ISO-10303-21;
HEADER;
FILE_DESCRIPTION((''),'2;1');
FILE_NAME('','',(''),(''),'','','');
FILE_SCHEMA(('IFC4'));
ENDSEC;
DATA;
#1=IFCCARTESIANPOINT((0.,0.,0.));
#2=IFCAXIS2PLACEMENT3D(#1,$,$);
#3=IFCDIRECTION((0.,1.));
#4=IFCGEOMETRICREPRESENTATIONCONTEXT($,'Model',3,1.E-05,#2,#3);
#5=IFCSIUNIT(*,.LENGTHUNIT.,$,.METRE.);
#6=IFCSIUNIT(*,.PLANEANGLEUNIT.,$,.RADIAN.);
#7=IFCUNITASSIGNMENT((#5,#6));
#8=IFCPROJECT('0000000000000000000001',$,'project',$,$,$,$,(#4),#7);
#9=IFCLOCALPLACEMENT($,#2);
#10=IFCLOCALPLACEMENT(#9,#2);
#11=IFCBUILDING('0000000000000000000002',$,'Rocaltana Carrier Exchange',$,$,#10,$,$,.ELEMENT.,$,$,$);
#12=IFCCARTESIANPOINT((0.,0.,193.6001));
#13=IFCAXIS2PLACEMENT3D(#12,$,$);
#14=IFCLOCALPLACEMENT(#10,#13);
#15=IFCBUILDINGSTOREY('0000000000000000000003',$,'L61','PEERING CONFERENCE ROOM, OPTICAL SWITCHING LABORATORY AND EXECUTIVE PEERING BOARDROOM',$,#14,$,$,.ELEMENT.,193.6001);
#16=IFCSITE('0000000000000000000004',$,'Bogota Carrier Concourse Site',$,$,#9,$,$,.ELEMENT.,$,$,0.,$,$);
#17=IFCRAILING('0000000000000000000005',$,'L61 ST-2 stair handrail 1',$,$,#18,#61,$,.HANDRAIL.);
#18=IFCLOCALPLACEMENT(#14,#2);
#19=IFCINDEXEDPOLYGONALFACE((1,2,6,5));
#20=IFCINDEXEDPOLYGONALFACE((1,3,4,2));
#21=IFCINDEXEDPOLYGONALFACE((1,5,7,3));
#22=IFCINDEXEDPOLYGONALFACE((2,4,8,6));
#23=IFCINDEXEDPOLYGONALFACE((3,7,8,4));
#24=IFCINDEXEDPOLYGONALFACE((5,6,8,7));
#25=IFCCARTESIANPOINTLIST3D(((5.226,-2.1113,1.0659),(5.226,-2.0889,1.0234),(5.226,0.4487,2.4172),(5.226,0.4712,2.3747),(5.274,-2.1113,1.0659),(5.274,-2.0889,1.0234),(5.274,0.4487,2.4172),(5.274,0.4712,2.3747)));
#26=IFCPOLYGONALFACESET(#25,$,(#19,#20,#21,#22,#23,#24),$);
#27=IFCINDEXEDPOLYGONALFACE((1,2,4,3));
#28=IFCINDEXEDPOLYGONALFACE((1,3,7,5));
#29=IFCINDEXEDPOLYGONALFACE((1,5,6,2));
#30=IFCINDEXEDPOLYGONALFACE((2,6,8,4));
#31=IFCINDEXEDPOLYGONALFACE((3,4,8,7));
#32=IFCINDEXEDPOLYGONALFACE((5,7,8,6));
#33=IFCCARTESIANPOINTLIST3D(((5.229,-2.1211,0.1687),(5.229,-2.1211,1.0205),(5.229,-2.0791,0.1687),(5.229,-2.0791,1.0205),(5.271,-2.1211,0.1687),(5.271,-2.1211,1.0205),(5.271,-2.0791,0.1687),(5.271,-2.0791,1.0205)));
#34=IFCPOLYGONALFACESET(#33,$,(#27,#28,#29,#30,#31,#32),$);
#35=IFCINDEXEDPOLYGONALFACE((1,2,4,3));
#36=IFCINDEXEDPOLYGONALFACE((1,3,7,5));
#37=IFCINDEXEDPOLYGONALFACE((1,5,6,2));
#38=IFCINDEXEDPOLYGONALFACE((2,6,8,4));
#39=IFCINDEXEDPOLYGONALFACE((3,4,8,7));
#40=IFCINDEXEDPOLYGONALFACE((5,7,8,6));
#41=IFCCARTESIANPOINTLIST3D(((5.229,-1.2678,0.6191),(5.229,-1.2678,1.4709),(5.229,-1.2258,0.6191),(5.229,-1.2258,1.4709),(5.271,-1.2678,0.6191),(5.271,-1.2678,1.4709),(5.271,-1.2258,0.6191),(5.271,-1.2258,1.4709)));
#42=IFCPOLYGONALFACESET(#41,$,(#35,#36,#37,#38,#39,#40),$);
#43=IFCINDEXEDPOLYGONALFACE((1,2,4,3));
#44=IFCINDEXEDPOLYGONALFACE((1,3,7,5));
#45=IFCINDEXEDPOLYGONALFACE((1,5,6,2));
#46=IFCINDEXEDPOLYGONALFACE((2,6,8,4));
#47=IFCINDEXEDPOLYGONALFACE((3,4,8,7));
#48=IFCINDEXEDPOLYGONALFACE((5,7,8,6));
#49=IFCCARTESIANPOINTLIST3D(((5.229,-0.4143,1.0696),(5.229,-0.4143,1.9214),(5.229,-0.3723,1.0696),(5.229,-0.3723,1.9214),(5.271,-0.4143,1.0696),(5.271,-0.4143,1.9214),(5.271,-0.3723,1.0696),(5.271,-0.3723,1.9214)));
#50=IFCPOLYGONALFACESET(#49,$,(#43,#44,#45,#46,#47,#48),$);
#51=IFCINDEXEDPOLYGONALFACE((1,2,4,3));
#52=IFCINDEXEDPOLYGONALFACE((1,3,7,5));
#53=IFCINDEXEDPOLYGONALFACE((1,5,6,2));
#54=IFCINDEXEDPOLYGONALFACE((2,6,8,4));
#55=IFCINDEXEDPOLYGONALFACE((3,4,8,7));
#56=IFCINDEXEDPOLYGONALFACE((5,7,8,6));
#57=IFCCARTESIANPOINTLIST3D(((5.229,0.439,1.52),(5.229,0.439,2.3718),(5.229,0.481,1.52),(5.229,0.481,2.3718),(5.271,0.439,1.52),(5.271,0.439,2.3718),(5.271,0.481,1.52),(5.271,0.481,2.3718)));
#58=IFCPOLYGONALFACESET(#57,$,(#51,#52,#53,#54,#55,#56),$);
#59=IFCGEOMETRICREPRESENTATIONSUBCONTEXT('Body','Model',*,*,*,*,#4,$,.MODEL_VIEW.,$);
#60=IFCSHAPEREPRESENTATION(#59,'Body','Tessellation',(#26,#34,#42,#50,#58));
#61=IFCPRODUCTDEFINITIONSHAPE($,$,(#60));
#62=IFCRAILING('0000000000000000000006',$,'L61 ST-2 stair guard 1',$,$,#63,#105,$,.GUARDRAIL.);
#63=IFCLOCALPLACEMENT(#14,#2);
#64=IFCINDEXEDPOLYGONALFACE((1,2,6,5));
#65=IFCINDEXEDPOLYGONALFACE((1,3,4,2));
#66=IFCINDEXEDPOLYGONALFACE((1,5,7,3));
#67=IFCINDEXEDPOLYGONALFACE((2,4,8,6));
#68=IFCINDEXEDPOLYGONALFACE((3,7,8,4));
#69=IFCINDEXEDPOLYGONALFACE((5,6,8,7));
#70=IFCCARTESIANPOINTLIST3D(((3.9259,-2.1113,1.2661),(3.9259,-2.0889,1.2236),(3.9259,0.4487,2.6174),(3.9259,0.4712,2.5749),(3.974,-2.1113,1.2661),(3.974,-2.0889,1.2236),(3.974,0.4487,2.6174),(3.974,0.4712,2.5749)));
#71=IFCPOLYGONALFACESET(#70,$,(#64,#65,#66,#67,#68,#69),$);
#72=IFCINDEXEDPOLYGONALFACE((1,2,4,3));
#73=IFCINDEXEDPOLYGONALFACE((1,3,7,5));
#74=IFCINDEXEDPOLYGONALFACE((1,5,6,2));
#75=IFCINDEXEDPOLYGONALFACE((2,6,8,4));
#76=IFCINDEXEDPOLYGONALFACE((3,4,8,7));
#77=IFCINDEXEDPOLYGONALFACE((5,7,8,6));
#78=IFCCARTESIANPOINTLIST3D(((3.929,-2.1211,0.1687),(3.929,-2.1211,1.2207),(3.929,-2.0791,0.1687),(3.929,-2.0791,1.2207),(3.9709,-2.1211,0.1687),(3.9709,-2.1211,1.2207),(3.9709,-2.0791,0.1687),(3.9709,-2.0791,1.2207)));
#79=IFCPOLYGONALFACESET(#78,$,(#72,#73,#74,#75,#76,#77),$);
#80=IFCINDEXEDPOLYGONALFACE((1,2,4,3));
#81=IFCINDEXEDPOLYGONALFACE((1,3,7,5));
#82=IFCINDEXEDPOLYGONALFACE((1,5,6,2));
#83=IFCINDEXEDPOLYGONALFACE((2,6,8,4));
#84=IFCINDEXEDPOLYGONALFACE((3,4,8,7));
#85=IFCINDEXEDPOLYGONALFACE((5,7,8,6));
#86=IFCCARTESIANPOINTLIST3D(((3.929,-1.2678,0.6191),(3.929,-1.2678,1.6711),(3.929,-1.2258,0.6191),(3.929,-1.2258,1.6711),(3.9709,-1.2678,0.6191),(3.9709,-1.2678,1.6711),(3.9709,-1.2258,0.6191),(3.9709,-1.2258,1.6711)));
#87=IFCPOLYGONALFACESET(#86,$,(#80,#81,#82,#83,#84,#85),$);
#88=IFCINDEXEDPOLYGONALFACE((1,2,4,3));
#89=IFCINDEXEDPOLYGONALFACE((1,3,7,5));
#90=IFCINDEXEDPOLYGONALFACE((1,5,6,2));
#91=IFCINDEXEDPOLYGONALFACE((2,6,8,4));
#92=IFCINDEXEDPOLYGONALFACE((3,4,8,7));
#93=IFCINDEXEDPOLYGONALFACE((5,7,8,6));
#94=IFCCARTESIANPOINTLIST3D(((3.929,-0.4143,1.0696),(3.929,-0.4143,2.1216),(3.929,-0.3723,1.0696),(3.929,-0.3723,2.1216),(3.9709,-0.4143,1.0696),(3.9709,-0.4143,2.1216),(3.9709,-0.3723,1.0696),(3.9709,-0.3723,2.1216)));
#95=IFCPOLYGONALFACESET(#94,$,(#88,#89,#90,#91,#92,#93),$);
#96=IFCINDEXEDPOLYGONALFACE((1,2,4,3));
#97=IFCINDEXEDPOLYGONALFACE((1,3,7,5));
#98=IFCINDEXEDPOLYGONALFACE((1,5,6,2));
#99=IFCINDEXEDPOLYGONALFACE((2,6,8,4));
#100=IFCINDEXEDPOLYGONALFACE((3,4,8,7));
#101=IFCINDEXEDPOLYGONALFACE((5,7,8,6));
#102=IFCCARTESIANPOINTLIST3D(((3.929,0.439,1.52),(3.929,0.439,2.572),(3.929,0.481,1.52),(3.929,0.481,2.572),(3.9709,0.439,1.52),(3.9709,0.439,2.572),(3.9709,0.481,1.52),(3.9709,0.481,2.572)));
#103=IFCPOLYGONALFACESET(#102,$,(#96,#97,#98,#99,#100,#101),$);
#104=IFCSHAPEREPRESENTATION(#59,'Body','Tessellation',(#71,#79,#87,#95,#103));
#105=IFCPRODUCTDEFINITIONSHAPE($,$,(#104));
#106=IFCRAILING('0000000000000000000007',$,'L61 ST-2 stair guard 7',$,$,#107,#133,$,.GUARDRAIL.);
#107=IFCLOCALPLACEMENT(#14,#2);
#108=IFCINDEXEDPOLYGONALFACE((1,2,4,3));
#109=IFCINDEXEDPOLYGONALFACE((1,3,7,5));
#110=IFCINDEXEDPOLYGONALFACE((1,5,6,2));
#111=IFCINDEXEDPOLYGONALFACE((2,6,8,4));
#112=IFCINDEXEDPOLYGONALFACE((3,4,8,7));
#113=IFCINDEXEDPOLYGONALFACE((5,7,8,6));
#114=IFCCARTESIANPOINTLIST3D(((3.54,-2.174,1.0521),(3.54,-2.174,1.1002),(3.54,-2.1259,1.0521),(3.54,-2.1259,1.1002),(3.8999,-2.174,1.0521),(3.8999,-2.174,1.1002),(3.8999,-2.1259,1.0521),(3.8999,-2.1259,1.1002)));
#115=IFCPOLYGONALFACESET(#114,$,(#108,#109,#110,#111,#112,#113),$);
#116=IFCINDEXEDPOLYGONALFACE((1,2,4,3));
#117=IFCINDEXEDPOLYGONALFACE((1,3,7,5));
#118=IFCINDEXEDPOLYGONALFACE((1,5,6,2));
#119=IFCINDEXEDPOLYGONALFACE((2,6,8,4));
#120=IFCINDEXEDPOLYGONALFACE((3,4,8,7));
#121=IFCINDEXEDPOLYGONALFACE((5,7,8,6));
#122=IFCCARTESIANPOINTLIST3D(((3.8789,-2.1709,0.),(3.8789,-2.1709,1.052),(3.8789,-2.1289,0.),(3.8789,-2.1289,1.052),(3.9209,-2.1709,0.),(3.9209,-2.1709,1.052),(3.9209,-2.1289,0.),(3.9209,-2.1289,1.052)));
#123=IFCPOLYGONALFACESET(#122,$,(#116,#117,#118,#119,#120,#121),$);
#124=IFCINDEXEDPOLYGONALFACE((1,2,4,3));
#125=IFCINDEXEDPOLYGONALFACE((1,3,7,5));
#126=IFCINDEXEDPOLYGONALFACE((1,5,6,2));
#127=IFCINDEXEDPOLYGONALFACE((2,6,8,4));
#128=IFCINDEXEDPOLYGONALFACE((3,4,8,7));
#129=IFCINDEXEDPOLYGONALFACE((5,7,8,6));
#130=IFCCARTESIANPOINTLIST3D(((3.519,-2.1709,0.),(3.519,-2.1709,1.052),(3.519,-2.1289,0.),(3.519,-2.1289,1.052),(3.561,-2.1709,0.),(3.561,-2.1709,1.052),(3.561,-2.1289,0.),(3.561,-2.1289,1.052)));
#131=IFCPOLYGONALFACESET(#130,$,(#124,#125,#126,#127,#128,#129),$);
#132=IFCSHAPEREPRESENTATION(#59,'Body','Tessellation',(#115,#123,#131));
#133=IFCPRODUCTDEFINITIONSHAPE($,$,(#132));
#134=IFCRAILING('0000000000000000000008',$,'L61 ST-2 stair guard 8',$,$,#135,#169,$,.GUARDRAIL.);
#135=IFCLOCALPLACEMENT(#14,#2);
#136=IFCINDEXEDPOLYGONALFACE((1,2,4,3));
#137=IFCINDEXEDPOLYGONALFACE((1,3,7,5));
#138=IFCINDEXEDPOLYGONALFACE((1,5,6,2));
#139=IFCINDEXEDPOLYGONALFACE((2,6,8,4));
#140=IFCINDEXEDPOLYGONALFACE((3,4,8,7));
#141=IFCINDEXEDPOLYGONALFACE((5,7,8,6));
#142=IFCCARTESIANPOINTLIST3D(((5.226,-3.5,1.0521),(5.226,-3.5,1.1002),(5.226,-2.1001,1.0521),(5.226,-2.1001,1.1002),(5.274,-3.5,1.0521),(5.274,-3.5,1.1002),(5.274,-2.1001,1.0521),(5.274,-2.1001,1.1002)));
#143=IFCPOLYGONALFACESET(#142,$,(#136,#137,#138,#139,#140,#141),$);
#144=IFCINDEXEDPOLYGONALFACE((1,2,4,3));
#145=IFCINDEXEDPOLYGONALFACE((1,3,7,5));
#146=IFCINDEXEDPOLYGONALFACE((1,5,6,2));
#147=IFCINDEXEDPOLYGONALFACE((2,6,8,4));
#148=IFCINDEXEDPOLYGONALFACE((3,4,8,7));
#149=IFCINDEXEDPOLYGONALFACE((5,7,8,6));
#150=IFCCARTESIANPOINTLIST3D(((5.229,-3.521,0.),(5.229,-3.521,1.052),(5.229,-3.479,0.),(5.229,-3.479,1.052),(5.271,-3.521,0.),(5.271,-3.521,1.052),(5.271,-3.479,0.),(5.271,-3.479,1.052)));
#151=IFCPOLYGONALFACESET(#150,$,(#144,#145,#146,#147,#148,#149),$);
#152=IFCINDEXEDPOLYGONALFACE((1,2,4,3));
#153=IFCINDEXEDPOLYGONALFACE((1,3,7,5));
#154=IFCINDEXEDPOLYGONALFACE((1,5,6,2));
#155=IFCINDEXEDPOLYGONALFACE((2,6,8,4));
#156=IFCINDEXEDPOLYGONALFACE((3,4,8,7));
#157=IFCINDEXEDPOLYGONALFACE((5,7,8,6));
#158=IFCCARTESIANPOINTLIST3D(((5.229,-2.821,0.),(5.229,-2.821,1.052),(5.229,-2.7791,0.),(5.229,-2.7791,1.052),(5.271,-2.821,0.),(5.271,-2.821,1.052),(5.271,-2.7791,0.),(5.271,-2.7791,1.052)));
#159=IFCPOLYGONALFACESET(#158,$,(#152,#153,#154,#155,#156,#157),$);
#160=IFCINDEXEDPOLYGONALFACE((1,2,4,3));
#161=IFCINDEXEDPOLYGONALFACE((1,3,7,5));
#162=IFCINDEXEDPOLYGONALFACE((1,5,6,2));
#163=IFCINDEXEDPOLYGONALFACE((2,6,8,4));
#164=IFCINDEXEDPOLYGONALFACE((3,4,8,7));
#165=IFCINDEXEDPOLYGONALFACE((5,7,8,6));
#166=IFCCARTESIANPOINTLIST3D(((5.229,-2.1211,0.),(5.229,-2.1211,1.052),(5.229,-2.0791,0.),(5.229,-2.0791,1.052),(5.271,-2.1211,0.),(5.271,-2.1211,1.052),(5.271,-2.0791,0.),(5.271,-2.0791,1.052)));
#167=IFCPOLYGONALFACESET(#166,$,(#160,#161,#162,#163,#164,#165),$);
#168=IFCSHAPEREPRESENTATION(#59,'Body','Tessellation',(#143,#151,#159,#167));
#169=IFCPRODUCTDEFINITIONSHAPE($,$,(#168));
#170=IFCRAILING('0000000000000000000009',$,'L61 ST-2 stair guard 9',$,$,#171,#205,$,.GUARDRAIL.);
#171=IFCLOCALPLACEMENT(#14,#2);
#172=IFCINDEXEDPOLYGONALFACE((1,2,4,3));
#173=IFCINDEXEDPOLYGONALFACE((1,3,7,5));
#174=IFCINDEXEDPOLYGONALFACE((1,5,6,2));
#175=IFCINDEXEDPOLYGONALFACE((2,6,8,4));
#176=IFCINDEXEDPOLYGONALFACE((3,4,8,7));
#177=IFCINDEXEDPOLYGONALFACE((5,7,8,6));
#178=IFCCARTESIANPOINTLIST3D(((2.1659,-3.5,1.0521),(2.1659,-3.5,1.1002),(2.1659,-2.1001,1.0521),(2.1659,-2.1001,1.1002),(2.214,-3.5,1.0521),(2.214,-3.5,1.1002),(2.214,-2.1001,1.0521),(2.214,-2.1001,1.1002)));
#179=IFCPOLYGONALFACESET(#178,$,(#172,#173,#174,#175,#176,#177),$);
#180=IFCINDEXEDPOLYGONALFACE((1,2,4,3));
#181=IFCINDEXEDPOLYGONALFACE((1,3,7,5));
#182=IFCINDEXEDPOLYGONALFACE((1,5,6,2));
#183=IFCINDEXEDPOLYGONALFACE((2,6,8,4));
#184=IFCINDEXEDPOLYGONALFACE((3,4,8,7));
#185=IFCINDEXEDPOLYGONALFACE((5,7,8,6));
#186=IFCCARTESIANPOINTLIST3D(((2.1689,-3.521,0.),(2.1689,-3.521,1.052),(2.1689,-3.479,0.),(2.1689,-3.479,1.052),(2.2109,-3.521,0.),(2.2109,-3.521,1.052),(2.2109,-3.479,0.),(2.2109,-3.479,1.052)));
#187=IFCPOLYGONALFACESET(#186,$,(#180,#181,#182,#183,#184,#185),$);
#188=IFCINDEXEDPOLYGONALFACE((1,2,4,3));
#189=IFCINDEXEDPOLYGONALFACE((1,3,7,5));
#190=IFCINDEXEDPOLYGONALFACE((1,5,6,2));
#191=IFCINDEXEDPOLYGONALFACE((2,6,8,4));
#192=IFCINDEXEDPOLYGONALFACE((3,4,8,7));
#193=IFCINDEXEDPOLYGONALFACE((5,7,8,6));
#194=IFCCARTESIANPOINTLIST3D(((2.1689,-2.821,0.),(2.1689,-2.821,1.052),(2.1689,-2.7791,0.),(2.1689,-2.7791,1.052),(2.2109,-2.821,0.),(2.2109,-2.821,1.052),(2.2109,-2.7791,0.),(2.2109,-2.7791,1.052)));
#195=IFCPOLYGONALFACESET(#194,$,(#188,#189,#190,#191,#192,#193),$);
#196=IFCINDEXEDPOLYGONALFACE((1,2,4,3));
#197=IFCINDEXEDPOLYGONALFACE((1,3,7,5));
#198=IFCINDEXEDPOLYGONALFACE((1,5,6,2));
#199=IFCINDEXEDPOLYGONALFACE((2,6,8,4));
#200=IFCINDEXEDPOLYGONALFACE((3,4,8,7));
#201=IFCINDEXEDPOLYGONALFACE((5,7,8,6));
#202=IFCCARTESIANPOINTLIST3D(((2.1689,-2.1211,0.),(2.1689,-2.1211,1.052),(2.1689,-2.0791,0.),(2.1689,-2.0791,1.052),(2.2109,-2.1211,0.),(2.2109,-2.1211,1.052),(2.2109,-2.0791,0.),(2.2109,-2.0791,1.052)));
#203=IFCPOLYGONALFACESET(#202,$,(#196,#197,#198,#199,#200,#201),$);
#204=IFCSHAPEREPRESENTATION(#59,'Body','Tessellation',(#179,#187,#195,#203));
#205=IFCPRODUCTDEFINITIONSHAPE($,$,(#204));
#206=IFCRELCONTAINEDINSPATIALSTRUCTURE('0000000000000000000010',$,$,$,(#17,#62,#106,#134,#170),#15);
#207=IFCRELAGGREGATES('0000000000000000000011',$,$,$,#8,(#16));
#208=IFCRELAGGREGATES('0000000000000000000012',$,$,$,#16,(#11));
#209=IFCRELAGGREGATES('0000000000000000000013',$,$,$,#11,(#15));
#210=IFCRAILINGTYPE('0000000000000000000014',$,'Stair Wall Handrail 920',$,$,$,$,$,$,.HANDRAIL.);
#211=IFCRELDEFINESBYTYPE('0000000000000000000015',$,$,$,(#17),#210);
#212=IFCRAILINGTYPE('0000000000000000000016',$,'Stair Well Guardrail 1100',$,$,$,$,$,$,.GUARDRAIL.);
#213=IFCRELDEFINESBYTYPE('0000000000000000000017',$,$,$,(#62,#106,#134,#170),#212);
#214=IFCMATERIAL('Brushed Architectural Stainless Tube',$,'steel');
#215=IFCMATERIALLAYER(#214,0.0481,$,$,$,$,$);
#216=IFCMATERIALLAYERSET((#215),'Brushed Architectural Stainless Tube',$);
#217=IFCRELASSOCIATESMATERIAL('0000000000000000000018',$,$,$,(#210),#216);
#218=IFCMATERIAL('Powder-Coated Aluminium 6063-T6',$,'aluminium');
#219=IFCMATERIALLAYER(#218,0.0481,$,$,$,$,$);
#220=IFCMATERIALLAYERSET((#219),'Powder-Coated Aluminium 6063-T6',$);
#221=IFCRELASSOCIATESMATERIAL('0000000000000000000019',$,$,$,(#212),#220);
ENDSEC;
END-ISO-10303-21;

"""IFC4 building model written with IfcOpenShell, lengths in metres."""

from ifc_helpers import new_model, si_unit, direction, frame, origin, origin_2d, place, context, subcontext, project, spatial, rectangle, extrude, material, layer, layer_set, type_object, element, save


model = new_model("IFC4")

# Units and contexts
model_context = context("Model", 3, precision=1e-05, world=origin(), true_north=direction((0.0, 1.0)))
body_context = subcontext(model_context, "Body", "Model", "MODEL_VIEW")
ifc_project = project(units=[si_unit("LENGTHUNIT", "METRE"), si_unit("PLANEANGLEUNIT", "RADIAN")], contexts=[model_context])

# Site, building, storey
site_placement = place(None, origin())
site = spatial("IfcSite", under=ifc_project, at=site_placement, Name="Bogota Carrier Concourse Site", CompositionType="ELEMENT", RefElevation=0.0)
building_placement = place(site_placement, origin())
building = spatial("IfcBuilding", under=site, at=building_placement, Name="Rocaltana Carrier Exchange", CompositionType="ELEMENT")
storey_placement = place(building_placement, frame((0.0, 0.0, 193.6001)))
storey = spatial("IfcBuildingStorey", under=building, at=storey_placement, Name="L61", Description="PEERING CONFERENCE ROOM, OPTICAL SWITCHING LABORATORY AND EXECUTIVE PEERING BOARDROOM", CompositionType="ELEMENT", Elevation=193.6001)

# Railings
ifc_material_1 = material(Name="Brushed Architectural Stainless Tube", Category="steel")
ifc_layer_1 = layer(ifc_material_1, 0.0481)
ifc_layer_set_1 = layer_set([ifc_layer_1], Name="Brushed Architectural Stainless Tube")
railing_type_1 = type_object("IfcRailingType", Name="Stair Wall Handrail 920", PredefinedType="HANDRAIL", material=ifc_layer_set_1)
railing_1_placement = place(storey_placement, frame((5.25, -2.1001, 0.1687)))
element("IfcRailing", 1, at=railing_1_placement, inside=storey, type_object=railing_type_1, Name="L61 ST-2 stair handrail 1", PredefinedType="HANDRAIL", context=body_context, shape_type="SweptSolid", body=[
    extrude(rectangle(XDim=0.0481, YDim=0.0481, at=origin_2d()), frame((0.0, 0.0, 0.876), z_axis=(0.0, 0.88436, 0.466806), x_axis=(-1.0, 0.0, 0.0)), (0.0, 0.0, 1.0), 2.8948),
    extrude(rectangle(XDim=0.042, YDim=0.042, at=origin_2d()), origin(), (0.0, 0.0, 1.0), 0.8518),
    extrude(rectangle(XDim=0.042, YDim=0.042, at=origin_2d()), frame((0.0, 0.8533, 0.4504)), (0.0, 0.0, 1.0), 0.8518),
    extrude(rectangle(XDim=0.042, YDim=0.042, at=origin_2d()), frame((0.0, 1.7068, 0.9009)), (0.0, 0.0, 1.0), 0.8518),
    extrude(rectangle(XDim=0.042, YDim=0.042, at=origin_2d()), frame((0.0, 2.5601, 1.3513)), (0.0, 0.0, 1.0), 0.8518),
])
ifc_material_2 = material(Name="Powder-Coated Aluminium 6063-T6", Category="aluminium")
ifc_layer_2 = layer(ifc_material_2, 0.0481)
ifc_layer_set_2 = layer_set([ifc_layer_2], Name="Powder-Coated Aluminium 6063-T6")
railing_type_2 = type_object("IfcRailingType", Name="Stair Well Guardrail 1100", PredefinedType="GUARDRAIL", material=ifc_layer_set_2)
railing_2_placement = place(storey_placement, frame((3.95, -2.1001, 0.1687)))
element("IfcRailing", 2, at=railing_2_placement, inside=storey, type_object=railing_type_2, Name="L61 ST-2 stair guard 1", PredefinedType="GUARDRAIL", context=body_context, shape_type="SweptSolid", body=[
    extrude(rectangle(XDim=0.0481, YDim=0.0481, at=origin_2d()), frame((0.0, 0.0, 1.0762), z_axis=(0.0, 0.88436, 0.466806), x_axis=(-1.0, 0.0, 0.0)), (0.0, 0.0, 1.0), 2.8948),
    extrude(rectangle(XDim=0.042, YDim=0.042, at=origin_2d()), origin(), (0.0, 0.0, 1.0), 1.052),
    extrude(rectangle(XDim=0.042, YDim=0.042, at=origin_2d()), frame((0.0, 0.8533, 0.4504)), (0.0, 0.0, 1.0), 1.052),
    extrude(rectangle(XDim=0.042, YDim=0.042, at=origin_2d()), frame((0.0, 1.7068, 0.9009)), (0.0, 0.0, 1.0), 1.052),
    extrude(rectangle(XDim=0.042, YDim=0.042, at=origin_2d()), frame((0.0, 2.5601, 1.3513)), (0.0, 0.0, 1.0), 1.052),
])
railing_3_placement = place(storey_placement, frame((3.8999, -2.1499, 0.0)))
element("IfcRailing", 3, at=railing_3_placement, inside=storey, type_object=railing_type_2, Name="L61 ST-2 stair guard 7", PredefinedType="GUARDRAIL", context=body_context, shape_type="SweptSolid", body=[
    extrude(rectangle(XDim=0.0481, YDim=0.0481, at=origin_2d()), frame((0.0, 0.0, 1.0762), z_axis=(-1.0, 0.0, 0.0), x_axis=(0.0, -1.0, 0.0)), (0.0, 0.0, 1.0), 0.3599),
    extrude(rectangle(XDim=0.042, YDim=0.042, at=origin_2d()), origin(), (0.0, 0.0, 1.0), 1.052),
    extrude(rectangle(XDim=0.042, YDim=0.042, at=origin_2d()), frame((-0.3599, 0.0, 0.0)), (0.0, 0.0, 1.0), 1.052),
])
for number, where, name in (
    (4, (5.25, -3.5, 0.0), "L61 ST-2 stair guard 8"),
    (5, (2.1899, -3.5, 0.0), "L61 ST-2 stair guard 9"),
):
    element("IfcRailing", number, at=place(storey_placement, frame(where)), inside=storey, type_object=railing_type_2, Name=name, PredefinedType="GUARDRAIL", context=body_context, shape_type="SweptSolid", body=[
        extrude(rectangle(XDim=0.0481, YDim=0.0481, at=origin_2d()), frame((0.0, 0.0, 1.0762), z_axis=(0.0, 1.0, 0.0), x_axis=(-1.0, 0.0, 0.0)), (0.0, 0.0, 1.0), 1.3999),
        extrude(rectangle(XDim=0.042, YDim=0.042, at=origin_2d()), origin(), (0.0, 0.0, 1.0), 1.052),
        extrude(rectangle(XDim=0.042, YDim=0.042, at=origin_2d()), frame((0.0, 0.7, 0.0)), (0.0, 0.0, 1.0), 1.052),
        extrude(rectangle(XDim=0.042, YDim=0.042, at=origin_2d()), frame((0.0, 1.3999, 0.0)), (0.0, 0.0, 1.0), 1.052),
    ])

save(model, "model.ifc")
